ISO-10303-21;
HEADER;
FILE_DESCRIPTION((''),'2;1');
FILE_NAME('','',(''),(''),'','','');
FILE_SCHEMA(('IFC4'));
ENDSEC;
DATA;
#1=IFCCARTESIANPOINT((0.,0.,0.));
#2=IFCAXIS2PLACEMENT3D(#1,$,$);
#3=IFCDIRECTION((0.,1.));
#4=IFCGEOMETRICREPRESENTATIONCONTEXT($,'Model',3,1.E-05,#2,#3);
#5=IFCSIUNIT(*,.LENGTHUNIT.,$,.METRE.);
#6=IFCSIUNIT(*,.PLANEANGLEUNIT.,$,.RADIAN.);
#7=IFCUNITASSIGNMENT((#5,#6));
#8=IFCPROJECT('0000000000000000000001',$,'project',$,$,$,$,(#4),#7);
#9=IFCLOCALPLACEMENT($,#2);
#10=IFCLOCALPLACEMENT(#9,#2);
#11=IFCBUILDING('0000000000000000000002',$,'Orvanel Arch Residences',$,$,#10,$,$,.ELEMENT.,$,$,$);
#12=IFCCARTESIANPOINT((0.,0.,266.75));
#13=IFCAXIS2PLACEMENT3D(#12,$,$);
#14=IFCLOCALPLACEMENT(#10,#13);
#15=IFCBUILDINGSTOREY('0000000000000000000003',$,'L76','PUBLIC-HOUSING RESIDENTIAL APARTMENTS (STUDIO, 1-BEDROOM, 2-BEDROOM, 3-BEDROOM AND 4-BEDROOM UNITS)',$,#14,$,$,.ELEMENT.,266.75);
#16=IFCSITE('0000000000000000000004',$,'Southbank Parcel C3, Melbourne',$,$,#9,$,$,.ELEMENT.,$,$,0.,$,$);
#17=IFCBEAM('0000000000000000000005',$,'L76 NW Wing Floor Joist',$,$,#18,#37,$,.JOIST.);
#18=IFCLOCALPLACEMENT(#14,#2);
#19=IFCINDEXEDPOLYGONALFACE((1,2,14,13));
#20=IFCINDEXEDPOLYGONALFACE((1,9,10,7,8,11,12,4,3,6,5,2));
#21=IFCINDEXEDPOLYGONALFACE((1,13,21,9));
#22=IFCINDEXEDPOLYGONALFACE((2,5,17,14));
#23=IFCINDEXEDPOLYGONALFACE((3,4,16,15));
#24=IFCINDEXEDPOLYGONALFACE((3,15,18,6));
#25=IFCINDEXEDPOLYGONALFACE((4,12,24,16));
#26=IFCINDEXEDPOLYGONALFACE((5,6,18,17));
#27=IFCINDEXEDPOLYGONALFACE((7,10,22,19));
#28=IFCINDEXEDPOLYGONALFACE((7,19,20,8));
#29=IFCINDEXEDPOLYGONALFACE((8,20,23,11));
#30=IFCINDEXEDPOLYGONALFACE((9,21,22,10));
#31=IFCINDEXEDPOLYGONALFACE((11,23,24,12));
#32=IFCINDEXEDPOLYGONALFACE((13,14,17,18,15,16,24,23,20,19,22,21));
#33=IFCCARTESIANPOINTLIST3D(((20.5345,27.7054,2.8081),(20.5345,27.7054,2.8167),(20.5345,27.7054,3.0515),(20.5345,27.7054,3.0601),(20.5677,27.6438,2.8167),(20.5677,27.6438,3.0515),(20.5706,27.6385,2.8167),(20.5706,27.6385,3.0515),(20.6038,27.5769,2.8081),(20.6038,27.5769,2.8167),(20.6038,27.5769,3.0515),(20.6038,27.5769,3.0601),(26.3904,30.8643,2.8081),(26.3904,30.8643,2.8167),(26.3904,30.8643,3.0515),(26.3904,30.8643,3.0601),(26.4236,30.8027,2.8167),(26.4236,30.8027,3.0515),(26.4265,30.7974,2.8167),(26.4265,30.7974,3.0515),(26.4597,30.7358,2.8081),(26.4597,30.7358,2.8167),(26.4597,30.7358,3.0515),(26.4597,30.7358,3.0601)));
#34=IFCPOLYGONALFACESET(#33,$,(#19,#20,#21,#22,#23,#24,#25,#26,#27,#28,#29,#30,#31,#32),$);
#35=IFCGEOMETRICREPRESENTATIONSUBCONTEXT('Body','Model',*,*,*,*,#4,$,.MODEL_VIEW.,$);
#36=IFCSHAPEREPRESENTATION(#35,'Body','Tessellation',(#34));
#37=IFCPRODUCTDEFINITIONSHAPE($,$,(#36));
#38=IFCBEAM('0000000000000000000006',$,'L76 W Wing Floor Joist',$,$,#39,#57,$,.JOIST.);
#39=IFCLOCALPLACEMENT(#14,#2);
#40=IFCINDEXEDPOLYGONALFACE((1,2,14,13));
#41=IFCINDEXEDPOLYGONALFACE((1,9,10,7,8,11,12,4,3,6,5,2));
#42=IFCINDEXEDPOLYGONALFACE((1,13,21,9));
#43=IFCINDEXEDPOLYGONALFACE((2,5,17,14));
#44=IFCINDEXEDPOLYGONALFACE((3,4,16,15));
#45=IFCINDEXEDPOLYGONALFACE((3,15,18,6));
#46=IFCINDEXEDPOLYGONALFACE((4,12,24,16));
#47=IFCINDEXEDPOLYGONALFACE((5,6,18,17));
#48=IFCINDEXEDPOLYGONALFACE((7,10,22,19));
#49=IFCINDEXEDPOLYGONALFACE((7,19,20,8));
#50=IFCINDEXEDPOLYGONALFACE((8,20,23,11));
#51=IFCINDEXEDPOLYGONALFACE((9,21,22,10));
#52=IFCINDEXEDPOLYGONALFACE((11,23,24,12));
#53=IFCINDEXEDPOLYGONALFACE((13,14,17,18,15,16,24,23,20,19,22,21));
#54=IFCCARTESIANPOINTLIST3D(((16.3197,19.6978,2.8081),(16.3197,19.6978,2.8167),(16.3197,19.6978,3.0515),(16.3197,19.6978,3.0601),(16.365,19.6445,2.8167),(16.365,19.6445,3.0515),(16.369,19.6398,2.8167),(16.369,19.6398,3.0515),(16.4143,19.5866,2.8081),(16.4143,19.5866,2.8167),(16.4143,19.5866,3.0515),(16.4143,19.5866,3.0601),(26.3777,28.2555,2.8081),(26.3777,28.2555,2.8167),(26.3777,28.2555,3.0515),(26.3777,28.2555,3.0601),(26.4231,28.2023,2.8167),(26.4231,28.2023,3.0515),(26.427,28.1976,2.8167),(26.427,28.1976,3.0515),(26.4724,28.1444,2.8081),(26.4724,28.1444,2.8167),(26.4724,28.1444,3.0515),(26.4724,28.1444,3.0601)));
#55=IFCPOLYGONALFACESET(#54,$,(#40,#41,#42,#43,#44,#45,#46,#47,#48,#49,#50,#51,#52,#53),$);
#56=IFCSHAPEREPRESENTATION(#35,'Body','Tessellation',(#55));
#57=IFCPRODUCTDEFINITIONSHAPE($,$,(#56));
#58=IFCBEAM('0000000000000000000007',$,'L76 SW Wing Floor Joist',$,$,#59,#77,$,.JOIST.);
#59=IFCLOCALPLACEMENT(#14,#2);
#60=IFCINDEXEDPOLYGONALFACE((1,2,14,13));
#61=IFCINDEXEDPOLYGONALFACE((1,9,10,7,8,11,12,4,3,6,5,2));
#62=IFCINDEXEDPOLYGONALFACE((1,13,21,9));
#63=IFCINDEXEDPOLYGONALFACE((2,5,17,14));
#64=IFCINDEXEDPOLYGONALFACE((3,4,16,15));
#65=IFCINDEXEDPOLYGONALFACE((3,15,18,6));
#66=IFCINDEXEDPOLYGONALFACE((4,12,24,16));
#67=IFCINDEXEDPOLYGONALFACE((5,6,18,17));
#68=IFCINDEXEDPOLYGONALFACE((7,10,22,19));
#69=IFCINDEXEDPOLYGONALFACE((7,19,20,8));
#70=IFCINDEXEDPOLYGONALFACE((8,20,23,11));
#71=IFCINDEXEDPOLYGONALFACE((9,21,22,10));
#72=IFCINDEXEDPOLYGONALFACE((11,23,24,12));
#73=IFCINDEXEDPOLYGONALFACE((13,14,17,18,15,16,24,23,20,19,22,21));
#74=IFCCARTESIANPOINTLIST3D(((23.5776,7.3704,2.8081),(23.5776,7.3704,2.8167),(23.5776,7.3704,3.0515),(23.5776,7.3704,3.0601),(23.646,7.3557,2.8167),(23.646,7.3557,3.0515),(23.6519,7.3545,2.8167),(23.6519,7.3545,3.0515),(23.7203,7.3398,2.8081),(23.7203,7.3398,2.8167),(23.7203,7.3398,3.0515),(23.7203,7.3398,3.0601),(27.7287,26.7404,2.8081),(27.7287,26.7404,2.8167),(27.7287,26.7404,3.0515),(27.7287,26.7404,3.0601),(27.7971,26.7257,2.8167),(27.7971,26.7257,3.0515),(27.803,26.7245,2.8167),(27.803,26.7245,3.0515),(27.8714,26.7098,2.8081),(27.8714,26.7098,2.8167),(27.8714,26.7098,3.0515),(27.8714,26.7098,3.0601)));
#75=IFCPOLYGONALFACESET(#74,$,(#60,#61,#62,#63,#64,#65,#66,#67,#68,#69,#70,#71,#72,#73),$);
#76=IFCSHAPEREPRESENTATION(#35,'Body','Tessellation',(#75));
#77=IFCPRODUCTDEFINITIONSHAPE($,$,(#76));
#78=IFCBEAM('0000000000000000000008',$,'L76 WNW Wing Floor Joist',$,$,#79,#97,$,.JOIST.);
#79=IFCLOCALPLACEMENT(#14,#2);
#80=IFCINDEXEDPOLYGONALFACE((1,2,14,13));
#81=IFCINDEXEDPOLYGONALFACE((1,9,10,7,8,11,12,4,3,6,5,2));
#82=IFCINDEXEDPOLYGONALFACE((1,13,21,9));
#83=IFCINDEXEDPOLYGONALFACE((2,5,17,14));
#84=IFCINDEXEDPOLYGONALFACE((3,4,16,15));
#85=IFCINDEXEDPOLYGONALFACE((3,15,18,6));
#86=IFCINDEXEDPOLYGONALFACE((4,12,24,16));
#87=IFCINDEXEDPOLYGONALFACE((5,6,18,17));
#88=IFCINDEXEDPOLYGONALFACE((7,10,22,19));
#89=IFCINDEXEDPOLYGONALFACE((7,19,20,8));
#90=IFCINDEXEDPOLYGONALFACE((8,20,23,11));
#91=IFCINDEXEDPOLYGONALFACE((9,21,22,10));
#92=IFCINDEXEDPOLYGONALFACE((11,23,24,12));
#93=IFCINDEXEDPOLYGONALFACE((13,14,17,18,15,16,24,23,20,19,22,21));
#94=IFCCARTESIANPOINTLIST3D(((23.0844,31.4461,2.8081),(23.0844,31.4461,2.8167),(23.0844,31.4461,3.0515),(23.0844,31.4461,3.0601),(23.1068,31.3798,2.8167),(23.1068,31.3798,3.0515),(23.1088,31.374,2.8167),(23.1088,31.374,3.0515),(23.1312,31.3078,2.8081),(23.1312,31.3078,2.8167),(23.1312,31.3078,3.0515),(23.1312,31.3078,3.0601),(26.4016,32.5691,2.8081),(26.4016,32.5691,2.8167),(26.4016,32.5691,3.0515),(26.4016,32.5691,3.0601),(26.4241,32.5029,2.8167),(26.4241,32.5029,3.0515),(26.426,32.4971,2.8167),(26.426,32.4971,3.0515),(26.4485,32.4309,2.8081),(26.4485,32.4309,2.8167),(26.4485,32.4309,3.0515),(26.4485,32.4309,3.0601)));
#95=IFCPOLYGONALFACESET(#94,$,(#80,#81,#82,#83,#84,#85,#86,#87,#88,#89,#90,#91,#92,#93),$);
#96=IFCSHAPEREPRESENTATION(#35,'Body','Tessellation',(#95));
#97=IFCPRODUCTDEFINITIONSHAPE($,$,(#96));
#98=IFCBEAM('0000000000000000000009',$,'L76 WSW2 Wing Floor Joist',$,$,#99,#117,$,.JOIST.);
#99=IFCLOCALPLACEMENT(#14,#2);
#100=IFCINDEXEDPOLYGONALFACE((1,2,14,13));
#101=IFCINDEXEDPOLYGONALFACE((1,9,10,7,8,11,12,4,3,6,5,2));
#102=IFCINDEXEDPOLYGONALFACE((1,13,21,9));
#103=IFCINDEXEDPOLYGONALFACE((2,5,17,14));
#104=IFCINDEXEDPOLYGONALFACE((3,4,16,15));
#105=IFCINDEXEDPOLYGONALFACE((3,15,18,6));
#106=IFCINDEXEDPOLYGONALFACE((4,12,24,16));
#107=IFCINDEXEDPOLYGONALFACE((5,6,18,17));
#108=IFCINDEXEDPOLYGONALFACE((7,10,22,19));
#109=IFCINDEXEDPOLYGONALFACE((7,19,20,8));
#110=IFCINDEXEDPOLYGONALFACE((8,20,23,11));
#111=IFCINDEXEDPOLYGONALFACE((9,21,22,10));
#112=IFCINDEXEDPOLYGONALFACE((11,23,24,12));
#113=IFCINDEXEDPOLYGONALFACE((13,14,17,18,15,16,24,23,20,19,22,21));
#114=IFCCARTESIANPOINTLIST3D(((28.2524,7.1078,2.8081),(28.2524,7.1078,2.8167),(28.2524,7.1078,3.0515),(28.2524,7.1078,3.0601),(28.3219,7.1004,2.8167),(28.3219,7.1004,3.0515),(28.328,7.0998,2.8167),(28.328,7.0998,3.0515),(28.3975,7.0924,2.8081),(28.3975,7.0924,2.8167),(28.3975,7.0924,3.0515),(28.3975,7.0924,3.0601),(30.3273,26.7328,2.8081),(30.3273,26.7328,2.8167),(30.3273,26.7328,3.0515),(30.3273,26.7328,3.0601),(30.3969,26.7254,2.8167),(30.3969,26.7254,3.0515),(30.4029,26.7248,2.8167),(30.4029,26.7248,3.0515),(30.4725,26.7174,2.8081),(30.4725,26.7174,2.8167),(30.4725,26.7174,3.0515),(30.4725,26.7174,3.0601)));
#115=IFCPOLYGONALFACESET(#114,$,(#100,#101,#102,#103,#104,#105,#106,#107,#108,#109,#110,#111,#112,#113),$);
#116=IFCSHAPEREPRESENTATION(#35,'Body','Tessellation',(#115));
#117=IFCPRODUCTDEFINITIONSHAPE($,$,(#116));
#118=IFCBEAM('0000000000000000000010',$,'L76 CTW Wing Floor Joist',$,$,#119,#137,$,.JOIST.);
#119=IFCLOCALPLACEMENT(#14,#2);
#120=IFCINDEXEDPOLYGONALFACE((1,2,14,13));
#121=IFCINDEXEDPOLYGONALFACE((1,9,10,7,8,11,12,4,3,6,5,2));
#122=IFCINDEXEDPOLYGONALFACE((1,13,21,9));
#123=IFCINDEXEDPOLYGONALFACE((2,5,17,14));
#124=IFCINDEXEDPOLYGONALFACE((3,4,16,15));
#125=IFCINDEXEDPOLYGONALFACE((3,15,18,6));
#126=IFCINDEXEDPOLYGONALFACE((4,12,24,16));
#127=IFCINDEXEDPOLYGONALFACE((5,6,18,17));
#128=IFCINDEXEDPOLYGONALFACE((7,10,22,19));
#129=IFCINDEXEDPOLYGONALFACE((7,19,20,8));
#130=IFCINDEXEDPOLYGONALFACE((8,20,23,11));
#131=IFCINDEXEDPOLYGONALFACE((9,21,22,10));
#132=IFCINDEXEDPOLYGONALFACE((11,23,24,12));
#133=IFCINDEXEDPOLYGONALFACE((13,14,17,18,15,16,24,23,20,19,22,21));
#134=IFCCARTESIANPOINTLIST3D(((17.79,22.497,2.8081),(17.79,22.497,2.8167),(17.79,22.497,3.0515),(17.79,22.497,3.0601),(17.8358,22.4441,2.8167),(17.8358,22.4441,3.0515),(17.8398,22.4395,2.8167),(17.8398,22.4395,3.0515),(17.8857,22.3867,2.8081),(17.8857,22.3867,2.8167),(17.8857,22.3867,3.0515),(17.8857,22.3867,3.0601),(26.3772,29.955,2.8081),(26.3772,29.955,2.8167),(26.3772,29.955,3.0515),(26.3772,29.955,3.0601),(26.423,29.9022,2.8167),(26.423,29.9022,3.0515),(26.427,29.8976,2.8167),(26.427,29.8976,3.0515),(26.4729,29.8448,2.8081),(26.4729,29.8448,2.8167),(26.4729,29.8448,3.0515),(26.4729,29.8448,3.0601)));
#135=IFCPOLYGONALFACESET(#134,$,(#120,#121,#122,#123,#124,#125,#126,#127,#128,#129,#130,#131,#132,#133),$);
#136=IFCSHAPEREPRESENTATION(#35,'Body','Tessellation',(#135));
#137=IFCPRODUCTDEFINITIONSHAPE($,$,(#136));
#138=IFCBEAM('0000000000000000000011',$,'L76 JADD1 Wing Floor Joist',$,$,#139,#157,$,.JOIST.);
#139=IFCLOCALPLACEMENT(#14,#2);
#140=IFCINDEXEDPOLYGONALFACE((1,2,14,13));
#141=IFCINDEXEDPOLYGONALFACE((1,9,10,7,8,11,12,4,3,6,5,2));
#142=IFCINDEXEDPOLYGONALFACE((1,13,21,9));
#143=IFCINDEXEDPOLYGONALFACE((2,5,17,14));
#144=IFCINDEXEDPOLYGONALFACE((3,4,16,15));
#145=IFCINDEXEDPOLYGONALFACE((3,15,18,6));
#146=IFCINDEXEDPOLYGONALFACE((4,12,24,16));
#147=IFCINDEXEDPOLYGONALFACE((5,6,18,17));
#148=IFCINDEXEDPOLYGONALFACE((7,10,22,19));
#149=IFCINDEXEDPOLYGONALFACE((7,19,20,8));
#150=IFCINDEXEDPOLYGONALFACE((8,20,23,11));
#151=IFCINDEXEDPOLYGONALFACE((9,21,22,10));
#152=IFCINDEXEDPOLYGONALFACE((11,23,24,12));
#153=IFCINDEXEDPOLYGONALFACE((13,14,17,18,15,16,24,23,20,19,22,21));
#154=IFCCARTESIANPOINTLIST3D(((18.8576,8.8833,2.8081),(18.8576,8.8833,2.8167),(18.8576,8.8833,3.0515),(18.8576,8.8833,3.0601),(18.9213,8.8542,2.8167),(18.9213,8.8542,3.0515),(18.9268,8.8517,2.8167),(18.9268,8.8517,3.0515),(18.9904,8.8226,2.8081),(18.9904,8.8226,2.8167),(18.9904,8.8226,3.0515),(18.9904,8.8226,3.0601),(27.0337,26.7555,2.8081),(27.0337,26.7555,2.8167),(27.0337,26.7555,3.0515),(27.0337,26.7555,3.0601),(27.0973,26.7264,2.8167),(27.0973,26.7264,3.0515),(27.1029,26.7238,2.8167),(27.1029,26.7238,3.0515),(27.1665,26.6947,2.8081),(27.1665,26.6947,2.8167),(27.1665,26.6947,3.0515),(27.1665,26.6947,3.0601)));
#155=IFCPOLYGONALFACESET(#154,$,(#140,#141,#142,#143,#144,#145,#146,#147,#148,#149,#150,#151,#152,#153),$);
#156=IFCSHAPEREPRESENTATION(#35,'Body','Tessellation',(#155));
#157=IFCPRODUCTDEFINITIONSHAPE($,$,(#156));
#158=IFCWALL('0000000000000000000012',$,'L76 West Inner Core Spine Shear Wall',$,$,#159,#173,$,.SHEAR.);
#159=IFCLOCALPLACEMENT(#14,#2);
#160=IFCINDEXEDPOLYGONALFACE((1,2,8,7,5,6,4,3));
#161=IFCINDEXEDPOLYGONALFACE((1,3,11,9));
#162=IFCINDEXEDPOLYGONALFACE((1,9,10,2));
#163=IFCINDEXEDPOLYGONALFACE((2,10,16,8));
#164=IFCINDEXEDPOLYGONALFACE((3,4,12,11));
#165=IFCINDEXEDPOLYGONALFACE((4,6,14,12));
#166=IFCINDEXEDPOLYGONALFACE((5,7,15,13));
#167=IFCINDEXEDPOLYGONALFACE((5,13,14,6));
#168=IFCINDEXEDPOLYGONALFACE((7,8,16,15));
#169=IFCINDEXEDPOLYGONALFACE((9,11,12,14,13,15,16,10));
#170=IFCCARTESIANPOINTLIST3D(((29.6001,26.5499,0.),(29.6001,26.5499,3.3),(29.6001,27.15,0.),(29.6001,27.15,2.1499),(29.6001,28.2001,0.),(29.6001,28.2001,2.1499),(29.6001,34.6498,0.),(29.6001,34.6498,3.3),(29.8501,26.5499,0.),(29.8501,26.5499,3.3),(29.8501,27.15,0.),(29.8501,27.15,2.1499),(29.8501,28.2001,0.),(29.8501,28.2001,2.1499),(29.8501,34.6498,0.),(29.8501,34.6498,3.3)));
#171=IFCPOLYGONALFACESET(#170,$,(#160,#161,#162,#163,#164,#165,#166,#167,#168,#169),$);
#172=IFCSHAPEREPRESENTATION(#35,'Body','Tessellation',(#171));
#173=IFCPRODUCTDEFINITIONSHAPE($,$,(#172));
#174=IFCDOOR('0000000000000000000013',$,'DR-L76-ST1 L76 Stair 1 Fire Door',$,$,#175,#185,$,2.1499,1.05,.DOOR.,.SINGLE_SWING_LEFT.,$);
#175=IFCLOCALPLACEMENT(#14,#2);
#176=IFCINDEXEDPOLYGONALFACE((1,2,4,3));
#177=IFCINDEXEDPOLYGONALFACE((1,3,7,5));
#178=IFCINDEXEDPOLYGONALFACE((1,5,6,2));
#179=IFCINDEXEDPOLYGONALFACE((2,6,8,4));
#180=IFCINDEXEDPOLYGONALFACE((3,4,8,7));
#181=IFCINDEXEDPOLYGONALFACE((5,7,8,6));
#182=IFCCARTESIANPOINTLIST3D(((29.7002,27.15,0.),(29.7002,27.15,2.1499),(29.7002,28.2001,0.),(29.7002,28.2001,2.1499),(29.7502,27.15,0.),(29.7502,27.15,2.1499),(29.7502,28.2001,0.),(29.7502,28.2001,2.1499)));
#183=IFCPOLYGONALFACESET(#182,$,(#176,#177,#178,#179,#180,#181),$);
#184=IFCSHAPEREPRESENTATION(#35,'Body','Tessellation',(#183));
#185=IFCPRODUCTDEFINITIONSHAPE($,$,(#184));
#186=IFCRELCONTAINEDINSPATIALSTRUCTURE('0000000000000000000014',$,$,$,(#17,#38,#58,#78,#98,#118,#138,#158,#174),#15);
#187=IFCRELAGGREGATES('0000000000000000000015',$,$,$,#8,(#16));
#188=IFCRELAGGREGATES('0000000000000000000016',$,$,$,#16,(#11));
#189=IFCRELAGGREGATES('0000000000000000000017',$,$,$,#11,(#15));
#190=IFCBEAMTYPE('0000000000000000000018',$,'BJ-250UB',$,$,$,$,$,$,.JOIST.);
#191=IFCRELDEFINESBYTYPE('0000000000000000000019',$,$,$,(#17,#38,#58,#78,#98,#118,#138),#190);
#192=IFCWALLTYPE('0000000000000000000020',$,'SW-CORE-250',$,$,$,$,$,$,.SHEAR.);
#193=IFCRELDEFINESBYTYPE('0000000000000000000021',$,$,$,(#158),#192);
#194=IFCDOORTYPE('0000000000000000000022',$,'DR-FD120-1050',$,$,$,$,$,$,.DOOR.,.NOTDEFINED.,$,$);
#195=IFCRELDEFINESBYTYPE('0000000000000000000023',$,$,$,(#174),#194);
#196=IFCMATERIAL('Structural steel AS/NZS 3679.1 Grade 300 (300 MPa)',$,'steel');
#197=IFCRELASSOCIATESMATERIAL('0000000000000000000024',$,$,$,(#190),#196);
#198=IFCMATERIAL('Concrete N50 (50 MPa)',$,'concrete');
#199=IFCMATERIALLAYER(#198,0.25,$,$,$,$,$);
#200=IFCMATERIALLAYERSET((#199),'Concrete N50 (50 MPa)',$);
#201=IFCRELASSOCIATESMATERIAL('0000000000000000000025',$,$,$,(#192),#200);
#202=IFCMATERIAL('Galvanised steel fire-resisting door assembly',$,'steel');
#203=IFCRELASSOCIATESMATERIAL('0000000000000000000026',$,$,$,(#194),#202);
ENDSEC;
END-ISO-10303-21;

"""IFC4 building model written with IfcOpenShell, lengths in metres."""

from ifc_helpers import new_model, si_unit, direction, frame, frame_2d, origin, origin_2d, place, context, subcontext, project, spatial, rectangle, i_section, extrude, material, layer, layer_set, material_profile, profile_set, type_object, element, fill, save


model = new_model("IFC4")

# Units and contexts
model_context = context("Model", 3, precision=1e-05, world=origin(), true_north=direction((0.0, 1.0)))
body_context = subcontext(model_context, "Body", "Model", "MODEL_VIEW")
ifc_project = project(units=[si_unit("LENGTHUNIT", "METRE"), si_unit("PLANEANGLEUNIT", "RADIAN")], contexts=[model_context])

# Site, building, storey
site_placement = place(None, origin())
site = spatial("IfcSite", under=ifc_project, at=site_placement, Name="Southbank Parcel C3, Melbourne", CompositionType="ELEMENT", RefElevation=0.0)
building_placement = place(site_placement, origin())
building = spatial("IfcBuilding", under=site, at=building_placement, Name="Orvanel Arch Residences", CompositionType="ELEMENT")
storey_placement = place(building_placement, frame((0.0, 0.0, 266.75)))
storey = spatial("IfcBuildingStorey", under=building, at=storey_placement, Name="L76", Description="PUBLIC-HOUSING RESIDENTIAL APARTMENTS (STUDIO, 1-BEDROOM, 2-BEDROOM, 3-BEDROOM AND 4-BEDROOM UNITS)", CompositionType="ELEMENT", Elevation=266.75)

# Beams
ifc_material_1 = material(Name="Structural steel AS/NZS 3679.1 Grade 300 (300 MPa)", Category="steel")
ifc_material_profile = material_profile(ifc_material_1, i_section(OverallWidth=0.146, OverallDepth=0.252, WebThickness=0.0061, FlangeThickness=0.0085, at=origin_2d()), Name="250UB31.4")
ifc_profile_set = profile_set([ifc_material_profile], Name="Structural steel AS/NZS 3679.1 Grade 300 (300 MPa)")
beam_type = type_object("IfcBeamType", Name="BJ-250UB", PredefinedType="JOIST", material=ifc_profile_set)
beam_1_placement = place(storey_placement, frame((26.425, 30.8, 2.9341), z_axis=(-0.880111, -0.474767, 0.0), x_axis=(0.474767, -0.880111, 0.0)))
element("IfcBeam", 1, at=beam_1_placement, inside=storey, type_object=beam_type, Name="L76 NW Wing Floor Joist", PredefinedType="JOIST", context=body_context, shape_type="SweptSolid", body=[
    extrude(i_section(OverallWidth=0.146, OverallDepth=0.252, WebThickness=0.0061, FlangeThickness=0.0085, at=origin_2d()), origin(), (0.0, 0.0, 1.0), 6.6536),
])
beam_2_placement = place(storey_placement, frame((26.425, 28.2, 2.9341), z_axis=(-0.761623, -0.648021, 0.0), x_axis=(0.648021, -0.761623, 0.0)))
element("IfcBeam", 2, at=beam_2_placement, inside=storey, type_object=beam_type, Name="L76 W Wing Floor Joist", PredefinedType="JOIST", context=body_context, shape_type="SweptSolid", body=[
    extrude(i_section(OverallWidth=0.146, OverallDepth=0.252, WebThickness=0.0061, FlangeThickness=0.0085, at=origin_2d()), origin(), (0.0, 0.0, 1.0), 13.2061),
])
beam_3_placement = place(storey_placement, frame((27.8, 26.7251, 2.9341), z_axis=(-0.209548, -0.977798, 0.0), x_axis=(0.977798, -0.209548, 0.0)))
element("IfcBeam", 3, at=beam_3_placement, inside=storey, type_object=beam_type, Name="L76 SW Wing Floor Joist", PredefinedType="JOIST", context=body_context, shape_type="SweptSolid", body=[
    extrude(i_section(OverallWidth=0.146, OverallDepth=0.252, WebThickness=0.0061, FlangeThickness=0.0085, at=origin_2d()), origin(), (0.0, 0.0, 1.0), 19.8098),
])
beam_4_placement = place(storey_placement, frame((26.425, 32.5, 2.9341), z_axis=(-0.947188, -0.320679, 0.0), x_axis=(0.320679, -0.947188, 0.0)))
element("IfcBeam", 4, at=beam_4_placement, inside=storey, type_object=beam_type, Name="L76 WNW Wing Floor Joist", PredefinedType="JOIST", context=body_context, shape_type="SweptSolid", body=[
    extrude(i_section(OverallWidth=0.146, OverallDepth=0.252, WebThickness=0.0061, FlangeThickness=0.0085, at=origin_2d()), origin(), (0.0, 0.0, 1.0), 3.5022),
])
beam_5_placement = place(storey_placement, frame((30.3999, 26.7251, 2.9341), z_axis=(-0.105144, -0.994457, 0.0), x_axis=(0.994457, -0.105144, 0.0)))
element("IfcBeam", 5, at=beam_5_placement, inside=storey, type_object=beam_type, Name="L76 WSW2 Wing Floor Joist", PredefinedType="JOIST", context=body_context, shape_type="SweptSolid", body=[
    extrude(i_section(OverallWidth=0.146, OverallDepth=0.252, WebThickness=0.0061, FlangeThickness=0.0085, at=origin_2d()), origin(), (0.0, 0.0, 1.0), 19.7344),
])
beam_6_placement = place(storey_placement, frame((26.425, 29.8999, 2.9341), z_axis=(-0.755001, -0.655724, 0.0), x_axis=(0.655724, -0.755001, 0.0)))
element("IfcBeam", 6, at=beam_6_placement, inside=storey, type_object=beam_type, Name="L76 CTW Wing Floor Joist", PredefinedType="JOIST", context=body_context, shape_type="SweptSolid", body=[
    extrude(i_section(OverallWidth=0.146, OverallDepth=0.252, WebThickness=0.0061, FlangeThickness=0.0085, at=origin_2d()), origin(), (0.0, 0.0, 1.0), 11.3738),
])
beam_7_placement = place(storey_placement, frame((27.1001, 26.7251, 2.9341), z_axis=(-0.41601, -0.90936, 0.0), x_axis=(0.90936, -0.41601, 0.0)))
element("IfcBeam", 7, at=beam_7_placement, inside=storey, type_object=beam_type, Name="L76 JADD1 Wing Floor Joist", PredefinedType="JOIST", context=body_context, shape_type="SweptSolid", body=[
    extrude(i_section(OverallWidth=0.146, OverallDepth=0.252, WebThickness=0.0061, FlangeThickness=0.0085, at=origin_2d()), origin(), (0.0, 0.0, 1.0), 19.6536),
])

# Wall, opening, door
ifc_material_2 = material(Name="Concrete N50 (50 MPa)", Category="concrete")
ifc_layer = layer(ifc_material_2, 0.25)
ifc_layer_set = layer_set([ifc_layer], Name="Concrete N50 (50 MPa)")
wall_type = type_object("IfcWallType", Name="SW-CORE-250", PredefinedType="SHEAR", material=ifc_layer_set)
wall_1_placement = place(storey_placement, frame((29.7251, 26.55, 0.0), z_axis=(0.0, 0.0, 1.0), x_axis=(0.0, 1.0, 0.0)))
wall_1 = element("IfcWall", 8, at=wall_1_placement, inside=storey, type_object=wall_type, Name="L76 West Inner Core Spine Shear Wall", PredefinedType="SHEAR", context=body_context, shape_type="SweptSolid", body=[
    extrude(rectangle(XDim=8.0999, YDim=0.25, at=frame_2d((4.0498, 0.0))), origin(), (0.0, 0.0, 1.0), 3.3),
])
opening_placement = place(wall_1_placement, frame((0.6001, 0.0, 0.0)))
opening = element("IfcOpeningElement", 9, at=opening_placement, cuts=wall_1, PredefinedType="OPENING", context=body_context, shape_type="SweptSolid", body=[
    extrude(rectangle(XDim=1.05, YDim=2.1499, at=frame_2d((0.5249, 1.075))), frame((0.0, 0.135, 0.0), z_axis=(0.0, -1.0, 0.0), x_axis=(1.0, 0.0, 0.0)), (0.0, 0.0, 1.0), 0.27),
])
ifc_material_3 = material(Name="Galvanised steel fire-resisting door assembly", Category="steel")
door_type = type_object("IfcDoorType", Name="DR-FD120-1050", OperationType="NOTDEFINED", PredefinedType="DOOR", material=ifc_material_3)
door_placement = place(opening_placement, origin())
door = element("IfcDoor", 10, at=door_placement, inside=storey, type_object=door_type, Name="DR-L76-ST1 L76 Stair 1 Fire Door", OperationType="SINGLE_SWING_LEFT", OverallHeight=2.1499, OverallWidth=1.05, PredefinedType="DOOR", context=body_context, shape_type="SweptSolid", body=[
    extrude(rectangle(XDim=1.05, YDim=2.1499, at=frame_2d((0.5249, 1.075))), frame((0.0, 0.0249, 0.0), z_axis=(0.0, -1.0, 0.0), x_axis=(1.0, 0.0, 0.0)), (0.0, 0.0, 1.0), 0.05),
])
fill(opening, door)

save(model, "model.ifc")
